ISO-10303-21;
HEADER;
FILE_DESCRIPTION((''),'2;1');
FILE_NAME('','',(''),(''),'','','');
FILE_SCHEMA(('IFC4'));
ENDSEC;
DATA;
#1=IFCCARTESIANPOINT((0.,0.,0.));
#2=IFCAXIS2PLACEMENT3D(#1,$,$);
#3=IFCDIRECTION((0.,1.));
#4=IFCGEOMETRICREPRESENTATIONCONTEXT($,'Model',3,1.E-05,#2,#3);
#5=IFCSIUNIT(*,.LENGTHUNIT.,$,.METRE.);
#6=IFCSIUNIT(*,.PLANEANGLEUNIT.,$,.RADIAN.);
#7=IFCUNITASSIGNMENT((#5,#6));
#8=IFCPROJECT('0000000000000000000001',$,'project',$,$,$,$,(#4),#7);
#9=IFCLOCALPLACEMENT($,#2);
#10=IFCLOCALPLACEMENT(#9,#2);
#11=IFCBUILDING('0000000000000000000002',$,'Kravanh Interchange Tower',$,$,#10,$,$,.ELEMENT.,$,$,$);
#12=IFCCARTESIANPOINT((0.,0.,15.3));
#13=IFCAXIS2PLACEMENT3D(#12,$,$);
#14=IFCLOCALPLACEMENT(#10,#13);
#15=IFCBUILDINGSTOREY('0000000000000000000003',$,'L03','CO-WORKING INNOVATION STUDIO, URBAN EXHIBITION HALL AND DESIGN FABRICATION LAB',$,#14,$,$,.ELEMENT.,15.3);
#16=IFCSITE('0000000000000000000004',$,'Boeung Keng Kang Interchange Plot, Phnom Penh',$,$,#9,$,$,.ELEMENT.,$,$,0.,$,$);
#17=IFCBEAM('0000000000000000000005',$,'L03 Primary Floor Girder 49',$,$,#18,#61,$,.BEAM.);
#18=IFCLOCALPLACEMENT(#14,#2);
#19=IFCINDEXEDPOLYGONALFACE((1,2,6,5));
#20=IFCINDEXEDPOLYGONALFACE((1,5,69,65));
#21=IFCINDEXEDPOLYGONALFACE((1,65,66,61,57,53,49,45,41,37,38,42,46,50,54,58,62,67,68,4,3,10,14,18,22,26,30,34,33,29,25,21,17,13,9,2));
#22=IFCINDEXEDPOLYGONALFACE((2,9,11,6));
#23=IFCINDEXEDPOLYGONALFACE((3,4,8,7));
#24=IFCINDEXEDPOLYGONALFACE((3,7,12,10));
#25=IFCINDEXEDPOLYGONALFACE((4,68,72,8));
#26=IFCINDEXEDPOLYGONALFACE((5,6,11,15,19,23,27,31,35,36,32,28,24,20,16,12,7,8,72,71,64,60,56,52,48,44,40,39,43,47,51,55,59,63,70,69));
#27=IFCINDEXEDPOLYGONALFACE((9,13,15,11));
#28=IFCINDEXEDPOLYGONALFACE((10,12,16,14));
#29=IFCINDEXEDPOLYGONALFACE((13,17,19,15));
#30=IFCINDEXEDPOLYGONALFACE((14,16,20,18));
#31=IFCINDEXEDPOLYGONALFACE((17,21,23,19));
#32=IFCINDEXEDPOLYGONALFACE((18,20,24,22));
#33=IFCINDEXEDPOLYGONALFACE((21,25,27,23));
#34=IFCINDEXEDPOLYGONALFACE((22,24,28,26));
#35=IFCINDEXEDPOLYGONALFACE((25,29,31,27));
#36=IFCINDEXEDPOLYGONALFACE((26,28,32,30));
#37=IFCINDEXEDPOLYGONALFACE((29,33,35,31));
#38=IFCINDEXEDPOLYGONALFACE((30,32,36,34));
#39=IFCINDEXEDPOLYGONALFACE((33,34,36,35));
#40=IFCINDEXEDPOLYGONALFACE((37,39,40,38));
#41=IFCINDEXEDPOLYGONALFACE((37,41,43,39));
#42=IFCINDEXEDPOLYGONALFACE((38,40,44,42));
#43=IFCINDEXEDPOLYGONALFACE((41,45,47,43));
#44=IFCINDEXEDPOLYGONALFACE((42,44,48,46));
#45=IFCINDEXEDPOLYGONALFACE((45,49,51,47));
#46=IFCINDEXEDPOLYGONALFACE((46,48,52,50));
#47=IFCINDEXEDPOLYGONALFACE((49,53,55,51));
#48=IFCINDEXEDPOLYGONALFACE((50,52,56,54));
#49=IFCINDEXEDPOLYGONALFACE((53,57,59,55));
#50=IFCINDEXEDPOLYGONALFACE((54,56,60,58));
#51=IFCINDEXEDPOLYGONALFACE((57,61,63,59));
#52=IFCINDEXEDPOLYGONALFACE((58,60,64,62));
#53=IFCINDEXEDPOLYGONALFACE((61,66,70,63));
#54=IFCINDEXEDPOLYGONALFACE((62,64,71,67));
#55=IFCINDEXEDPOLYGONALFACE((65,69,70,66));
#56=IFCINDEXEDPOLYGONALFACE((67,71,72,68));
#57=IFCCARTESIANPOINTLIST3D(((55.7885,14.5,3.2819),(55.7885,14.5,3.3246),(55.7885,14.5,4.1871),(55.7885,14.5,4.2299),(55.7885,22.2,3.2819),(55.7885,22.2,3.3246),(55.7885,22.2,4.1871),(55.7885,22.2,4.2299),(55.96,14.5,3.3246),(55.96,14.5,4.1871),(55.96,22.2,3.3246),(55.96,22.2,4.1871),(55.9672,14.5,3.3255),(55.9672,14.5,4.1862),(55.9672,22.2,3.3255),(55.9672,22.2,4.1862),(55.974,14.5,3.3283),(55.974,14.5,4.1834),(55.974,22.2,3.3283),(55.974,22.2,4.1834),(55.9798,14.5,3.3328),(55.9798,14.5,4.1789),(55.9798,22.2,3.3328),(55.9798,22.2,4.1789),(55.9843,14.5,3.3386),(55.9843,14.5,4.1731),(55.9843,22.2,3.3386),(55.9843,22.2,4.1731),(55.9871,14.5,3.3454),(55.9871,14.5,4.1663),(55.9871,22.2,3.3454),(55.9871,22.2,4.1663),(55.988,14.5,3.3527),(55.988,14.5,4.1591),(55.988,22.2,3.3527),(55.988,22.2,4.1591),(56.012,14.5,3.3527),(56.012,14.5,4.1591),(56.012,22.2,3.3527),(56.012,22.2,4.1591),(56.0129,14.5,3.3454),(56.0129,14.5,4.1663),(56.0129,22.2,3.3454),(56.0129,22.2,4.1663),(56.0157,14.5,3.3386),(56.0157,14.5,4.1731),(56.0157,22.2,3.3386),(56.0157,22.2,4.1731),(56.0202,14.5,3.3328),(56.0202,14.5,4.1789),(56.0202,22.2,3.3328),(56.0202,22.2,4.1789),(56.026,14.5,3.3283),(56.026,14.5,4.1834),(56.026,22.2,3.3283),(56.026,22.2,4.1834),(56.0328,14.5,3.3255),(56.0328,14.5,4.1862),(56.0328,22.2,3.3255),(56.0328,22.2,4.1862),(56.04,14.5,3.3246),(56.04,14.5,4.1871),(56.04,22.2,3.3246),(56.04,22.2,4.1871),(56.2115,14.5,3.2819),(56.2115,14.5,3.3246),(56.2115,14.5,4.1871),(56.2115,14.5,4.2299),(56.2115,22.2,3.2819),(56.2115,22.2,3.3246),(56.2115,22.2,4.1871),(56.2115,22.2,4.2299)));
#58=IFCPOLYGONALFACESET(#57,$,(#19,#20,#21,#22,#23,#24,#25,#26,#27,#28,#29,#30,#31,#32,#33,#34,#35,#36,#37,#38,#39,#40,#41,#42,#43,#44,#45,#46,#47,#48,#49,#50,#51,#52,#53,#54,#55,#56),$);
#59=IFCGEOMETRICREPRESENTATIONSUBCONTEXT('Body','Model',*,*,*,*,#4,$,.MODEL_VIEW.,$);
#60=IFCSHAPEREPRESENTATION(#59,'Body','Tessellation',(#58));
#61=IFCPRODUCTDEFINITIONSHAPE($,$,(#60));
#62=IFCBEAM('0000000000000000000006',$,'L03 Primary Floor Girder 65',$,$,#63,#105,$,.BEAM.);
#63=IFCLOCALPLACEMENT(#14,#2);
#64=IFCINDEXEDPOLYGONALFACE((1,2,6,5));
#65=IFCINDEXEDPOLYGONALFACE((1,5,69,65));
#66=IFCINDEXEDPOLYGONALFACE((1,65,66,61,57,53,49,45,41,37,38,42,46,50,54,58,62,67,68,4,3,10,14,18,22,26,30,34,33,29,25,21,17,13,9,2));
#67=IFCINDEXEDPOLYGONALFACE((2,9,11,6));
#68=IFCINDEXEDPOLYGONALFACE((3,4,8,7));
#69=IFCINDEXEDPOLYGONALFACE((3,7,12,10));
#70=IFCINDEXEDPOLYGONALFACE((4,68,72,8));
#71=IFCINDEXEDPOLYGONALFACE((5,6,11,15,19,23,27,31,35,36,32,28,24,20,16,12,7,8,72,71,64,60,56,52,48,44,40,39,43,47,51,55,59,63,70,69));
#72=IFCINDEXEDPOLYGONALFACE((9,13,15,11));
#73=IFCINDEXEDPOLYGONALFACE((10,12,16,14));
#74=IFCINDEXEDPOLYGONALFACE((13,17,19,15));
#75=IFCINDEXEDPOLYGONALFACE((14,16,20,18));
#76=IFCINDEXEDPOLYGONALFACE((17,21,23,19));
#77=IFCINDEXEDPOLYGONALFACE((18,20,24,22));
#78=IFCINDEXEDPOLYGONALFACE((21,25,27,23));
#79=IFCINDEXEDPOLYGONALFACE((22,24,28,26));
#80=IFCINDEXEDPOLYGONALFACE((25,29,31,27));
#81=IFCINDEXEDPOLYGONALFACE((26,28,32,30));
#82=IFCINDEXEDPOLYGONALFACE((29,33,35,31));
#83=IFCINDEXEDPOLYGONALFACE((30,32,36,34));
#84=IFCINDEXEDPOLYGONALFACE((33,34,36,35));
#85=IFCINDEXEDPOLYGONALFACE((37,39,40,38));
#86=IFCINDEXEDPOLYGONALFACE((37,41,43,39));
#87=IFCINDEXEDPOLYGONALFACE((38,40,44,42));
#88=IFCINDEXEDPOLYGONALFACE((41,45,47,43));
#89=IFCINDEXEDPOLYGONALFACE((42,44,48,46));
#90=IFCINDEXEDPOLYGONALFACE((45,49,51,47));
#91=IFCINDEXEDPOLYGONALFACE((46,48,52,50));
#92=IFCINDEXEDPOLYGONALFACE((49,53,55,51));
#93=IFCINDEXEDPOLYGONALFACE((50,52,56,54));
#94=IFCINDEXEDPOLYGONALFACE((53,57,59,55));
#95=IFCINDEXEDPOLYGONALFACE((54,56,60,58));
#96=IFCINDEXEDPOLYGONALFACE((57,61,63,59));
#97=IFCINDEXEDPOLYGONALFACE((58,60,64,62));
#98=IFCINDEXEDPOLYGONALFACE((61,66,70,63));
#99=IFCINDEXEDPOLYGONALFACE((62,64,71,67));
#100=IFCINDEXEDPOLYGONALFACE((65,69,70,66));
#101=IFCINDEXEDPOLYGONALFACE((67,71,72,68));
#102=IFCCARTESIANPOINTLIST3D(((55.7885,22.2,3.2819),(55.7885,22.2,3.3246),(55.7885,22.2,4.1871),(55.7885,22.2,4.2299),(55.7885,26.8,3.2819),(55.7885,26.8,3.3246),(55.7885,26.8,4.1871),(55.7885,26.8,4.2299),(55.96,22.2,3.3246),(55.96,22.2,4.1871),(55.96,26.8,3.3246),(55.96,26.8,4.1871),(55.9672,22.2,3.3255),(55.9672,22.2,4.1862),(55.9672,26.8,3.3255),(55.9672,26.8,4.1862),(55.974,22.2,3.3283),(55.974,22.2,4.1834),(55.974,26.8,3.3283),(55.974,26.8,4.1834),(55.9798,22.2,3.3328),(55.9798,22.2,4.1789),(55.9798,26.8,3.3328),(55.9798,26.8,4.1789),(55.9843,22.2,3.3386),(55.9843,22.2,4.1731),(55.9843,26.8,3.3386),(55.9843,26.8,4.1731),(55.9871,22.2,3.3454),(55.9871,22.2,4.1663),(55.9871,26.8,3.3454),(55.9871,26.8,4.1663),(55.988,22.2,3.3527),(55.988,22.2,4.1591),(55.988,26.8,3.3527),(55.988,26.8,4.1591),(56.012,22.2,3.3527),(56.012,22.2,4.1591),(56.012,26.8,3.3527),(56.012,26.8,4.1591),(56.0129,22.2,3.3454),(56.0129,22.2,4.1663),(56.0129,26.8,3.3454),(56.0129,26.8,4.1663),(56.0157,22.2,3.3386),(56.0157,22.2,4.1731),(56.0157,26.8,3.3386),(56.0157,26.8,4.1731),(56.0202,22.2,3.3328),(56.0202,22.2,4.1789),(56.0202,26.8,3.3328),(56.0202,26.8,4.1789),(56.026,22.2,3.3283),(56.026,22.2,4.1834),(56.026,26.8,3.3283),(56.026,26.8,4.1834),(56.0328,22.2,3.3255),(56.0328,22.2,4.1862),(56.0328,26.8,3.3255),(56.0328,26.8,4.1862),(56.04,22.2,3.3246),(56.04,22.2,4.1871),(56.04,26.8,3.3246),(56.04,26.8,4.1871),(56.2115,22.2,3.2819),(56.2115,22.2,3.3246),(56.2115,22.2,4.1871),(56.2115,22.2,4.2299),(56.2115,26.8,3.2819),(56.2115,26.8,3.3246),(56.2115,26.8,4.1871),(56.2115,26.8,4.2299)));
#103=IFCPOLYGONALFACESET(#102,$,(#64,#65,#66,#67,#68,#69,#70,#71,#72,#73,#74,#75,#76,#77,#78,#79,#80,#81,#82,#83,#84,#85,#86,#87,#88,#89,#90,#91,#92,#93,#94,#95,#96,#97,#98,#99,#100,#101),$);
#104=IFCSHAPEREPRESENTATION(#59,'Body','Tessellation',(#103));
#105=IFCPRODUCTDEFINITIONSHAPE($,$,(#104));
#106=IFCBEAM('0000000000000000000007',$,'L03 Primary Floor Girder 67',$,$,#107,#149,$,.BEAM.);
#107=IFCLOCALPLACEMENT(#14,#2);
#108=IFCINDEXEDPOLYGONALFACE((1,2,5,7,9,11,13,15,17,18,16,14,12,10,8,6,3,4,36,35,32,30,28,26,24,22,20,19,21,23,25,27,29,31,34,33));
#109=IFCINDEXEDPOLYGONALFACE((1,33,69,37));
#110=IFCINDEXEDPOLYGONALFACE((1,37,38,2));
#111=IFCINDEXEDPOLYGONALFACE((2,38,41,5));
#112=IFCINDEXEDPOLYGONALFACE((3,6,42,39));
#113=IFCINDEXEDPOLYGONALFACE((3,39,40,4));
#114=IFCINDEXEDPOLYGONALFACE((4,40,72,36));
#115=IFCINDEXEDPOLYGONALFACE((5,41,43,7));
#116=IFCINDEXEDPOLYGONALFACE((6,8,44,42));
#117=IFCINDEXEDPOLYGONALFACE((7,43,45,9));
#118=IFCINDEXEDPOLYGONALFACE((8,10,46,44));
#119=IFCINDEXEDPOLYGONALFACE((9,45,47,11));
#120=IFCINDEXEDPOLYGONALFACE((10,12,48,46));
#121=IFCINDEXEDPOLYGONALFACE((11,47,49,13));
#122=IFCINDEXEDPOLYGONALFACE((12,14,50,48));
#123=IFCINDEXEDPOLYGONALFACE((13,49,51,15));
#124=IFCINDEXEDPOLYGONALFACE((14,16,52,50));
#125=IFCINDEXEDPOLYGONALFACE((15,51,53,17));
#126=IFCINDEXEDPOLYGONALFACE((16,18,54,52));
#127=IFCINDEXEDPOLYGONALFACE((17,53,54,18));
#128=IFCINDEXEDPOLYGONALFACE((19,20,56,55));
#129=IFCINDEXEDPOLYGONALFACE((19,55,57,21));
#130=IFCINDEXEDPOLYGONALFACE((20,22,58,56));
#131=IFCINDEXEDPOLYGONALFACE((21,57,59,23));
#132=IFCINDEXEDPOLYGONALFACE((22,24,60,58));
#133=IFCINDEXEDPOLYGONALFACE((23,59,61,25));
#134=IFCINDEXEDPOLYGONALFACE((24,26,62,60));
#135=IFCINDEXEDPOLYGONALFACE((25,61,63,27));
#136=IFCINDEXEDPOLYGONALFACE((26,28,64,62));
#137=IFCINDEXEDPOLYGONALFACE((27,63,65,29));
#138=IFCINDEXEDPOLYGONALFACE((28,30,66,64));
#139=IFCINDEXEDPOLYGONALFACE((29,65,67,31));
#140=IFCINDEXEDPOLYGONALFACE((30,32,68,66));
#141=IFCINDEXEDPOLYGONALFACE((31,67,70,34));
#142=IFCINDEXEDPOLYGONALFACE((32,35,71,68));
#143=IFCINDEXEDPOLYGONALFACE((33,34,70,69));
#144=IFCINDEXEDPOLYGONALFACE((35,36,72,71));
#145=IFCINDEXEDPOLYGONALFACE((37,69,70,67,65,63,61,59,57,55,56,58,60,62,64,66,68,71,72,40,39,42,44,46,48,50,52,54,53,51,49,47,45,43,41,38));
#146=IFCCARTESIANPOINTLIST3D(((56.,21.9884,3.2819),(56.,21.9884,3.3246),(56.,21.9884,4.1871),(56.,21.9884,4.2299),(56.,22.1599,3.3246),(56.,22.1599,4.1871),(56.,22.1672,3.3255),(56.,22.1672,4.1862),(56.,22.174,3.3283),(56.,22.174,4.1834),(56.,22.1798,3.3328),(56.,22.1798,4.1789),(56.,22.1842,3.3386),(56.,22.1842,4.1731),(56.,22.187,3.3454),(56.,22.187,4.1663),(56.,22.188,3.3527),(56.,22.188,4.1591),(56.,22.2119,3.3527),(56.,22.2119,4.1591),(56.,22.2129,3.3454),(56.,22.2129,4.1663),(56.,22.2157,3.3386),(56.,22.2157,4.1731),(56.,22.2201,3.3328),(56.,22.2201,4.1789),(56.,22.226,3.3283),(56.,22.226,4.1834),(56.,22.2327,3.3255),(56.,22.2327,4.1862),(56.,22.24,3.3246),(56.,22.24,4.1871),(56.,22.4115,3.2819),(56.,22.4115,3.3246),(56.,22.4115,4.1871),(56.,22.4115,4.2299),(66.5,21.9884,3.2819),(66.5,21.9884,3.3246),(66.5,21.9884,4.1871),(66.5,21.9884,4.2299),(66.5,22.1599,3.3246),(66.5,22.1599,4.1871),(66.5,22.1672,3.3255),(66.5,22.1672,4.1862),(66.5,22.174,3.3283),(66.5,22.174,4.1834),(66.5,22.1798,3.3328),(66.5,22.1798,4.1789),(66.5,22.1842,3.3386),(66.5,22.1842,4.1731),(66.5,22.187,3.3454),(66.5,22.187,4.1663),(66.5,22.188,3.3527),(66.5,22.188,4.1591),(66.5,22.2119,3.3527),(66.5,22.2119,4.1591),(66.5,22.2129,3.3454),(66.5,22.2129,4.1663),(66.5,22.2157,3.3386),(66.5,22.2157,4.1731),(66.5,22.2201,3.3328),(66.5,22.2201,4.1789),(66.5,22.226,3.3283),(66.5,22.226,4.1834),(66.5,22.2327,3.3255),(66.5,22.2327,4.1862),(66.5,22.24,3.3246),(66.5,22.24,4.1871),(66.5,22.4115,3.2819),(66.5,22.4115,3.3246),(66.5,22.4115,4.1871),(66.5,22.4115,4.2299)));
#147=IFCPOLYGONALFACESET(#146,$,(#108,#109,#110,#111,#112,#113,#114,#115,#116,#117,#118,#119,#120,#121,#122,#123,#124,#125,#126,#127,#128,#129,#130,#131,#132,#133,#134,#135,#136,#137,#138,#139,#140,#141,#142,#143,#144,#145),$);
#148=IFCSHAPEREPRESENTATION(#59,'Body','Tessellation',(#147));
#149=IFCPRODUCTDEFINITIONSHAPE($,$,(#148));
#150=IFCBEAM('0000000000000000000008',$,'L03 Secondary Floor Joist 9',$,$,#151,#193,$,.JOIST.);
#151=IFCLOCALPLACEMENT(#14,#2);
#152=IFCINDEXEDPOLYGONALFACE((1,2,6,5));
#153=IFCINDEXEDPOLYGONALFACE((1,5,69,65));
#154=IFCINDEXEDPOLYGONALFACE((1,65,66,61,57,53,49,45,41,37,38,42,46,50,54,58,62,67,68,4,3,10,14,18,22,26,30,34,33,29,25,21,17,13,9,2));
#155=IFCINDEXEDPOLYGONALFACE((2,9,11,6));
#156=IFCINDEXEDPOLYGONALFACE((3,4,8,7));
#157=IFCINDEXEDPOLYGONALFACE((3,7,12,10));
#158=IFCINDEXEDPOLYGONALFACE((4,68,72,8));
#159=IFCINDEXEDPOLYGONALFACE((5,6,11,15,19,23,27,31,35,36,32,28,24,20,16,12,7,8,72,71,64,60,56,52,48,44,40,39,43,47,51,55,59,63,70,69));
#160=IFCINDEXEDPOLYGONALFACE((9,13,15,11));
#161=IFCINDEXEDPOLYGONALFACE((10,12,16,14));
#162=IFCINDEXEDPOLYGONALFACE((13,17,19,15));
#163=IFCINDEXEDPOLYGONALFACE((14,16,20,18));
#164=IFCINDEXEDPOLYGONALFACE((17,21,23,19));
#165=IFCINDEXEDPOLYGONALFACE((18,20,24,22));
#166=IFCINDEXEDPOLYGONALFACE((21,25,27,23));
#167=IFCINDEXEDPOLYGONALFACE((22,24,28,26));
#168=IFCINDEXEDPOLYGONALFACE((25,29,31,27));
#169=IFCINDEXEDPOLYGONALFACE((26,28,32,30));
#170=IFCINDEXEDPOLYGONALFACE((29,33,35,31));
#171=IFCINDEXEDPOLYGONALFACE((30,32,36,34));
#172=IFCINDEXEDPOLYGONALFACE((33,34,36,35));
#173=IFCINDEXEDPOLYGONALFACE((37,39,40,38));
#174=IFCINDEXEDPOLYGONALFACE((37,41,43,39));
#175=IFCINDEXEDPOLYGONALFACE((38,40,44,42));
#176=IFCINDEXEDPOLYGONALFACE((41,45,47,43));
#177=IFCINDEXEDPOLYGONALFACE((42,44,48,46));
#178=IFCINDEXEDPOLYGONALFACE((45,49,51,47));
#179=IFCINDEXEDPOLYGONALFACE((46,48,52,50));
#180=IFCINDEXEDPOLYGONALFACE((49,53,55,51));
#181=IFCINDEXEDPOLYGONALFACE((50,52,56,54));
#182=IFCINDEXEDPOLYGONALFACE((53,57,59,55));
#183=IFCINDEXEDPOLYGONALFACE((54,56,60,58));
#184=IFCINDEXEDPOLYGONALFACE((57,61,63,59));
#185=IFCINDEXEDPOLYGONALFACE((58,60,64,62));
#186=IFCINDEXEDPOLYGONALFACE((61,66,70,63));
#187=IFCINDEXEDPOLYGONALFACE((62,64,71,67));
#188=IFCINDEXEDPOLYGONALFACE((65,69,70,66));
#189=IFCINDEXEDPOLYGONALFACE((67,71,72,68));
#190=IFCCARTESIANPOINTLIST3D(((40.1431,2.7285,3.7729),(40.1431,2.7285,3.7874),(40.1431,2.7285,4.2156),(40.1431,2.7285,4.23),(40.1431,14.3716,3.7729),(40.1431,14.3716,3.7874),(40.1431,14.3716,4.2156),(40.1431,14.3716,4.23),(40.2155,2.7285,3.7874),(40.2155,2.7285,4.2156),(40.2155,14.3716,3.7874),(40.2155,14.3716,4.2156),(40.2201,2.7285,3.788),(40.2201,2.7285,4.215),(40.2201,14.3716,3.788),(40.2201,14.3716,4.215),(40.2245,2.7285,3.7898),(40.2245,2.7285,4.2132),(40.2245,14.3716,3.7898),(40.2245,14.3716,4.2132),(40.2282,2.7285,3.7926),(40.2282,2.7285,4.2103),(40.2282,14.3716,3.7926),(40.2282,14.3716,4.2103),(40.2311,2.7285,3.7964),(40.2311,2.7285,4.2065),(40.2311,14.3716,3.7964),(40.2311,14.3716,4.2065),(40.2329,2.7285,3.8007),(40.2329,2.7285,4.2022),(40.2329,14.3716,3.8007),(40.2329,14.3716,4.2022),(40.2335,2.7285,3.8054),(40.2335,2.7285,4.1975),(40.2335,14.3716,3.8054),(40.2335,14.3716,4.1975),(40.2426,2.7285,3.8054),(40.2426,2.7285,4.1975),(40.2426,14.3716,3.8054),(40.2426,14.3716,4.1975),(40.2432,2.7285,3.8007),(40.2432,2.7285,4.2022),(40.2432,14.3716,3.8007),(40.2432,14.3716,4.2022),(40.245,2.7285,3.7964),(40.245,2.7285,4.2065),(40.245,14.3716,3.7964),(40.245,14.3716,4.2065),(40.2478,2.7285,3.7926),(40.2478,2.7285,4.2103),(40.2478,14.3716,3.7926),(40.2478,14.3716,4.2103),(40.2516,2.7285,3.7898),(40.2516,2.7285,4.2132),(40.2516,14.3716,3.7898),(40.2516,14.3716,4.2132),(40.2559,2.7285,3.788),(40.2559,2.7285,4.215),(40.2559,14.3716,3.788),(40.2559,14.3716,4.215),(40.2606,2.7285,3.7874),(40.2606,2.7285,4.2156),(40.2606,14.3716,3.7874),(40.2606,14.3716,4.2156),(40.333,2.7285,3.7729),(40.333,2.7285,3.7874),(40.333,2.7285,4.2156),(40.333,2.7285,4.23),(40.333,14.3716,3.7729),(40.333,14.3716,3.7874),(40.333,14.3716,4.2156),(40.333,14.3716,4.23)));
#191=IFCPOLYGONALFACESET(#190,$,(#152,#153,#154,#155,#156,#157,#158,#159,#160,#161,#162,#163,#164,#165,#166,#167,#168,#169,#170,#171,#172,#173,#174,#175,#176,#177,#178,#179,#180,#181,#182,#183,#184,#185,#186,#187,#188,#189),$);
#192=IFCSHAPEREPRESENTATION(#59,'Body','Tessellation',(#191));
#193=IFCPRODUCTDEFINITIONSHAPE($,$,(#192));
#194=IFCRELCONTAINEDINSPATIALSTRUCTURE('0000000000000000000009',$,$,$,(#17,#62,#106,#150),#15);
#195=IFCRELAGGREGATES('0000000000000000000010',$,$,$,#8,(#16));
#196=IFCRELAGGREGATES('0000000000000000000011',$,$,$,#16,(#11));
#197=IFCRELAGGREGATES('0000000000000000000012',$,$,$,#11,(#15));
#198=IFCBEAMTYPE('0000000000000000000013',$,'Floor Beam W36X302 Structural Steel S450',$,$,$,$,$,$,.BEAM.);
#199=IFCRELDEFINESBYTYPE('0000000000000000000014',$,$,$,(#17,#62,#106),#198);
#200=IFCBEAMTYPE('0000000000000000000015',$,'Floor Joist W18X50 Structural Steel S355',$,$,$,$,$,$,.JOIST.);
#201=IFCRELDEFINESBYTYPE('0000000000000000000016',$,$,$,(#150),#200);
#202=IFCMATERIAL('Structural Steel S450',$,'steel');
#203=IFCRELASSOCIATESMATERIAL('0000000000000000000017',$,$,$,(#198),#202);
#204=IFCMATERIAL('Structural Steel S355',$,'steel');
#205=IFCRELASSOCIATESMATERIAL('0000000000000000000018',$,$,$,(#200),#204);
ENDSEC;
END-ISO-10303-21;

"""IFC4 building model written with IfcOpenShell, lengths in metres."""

from ifc_helpers import new_model, si_unit, direction, frame, origin, origin_2d, place, context, subcontext, project, spatial, i_section, extrude, material, material_profile, profile_set, type_object, element, save


model = new_model("IFC4")

# Units and contexts
model_context = context("Model", 3, precision=1e-05, world=origin(), true_north=direction((0.0, 1.0)))
body_context = subcontext(model_context, "Body", "Model", "MODEL_VIEW")
ifc_project = project(units=[si_unit("LENGTHUNIT", "METRE"), si_unit("PLANEANGLEUNIT", "RADIAN")], contexts=[model_context])

# Site, building, storey
site_placement = place(None, origin())
site = spatial("IfcSite", under=ifc_project, at=site_placement, Name="Boeung Keng Kang Interchange Plot, Phnom Penh", CompositionType="ELEMENT", RefElevation=0.0)
building_placement = place(site_placement, origin())
building = spatial("IfcBuilding", under=site, at=building_placement, Name="Kravanh Interchange Tower", CompositionType="ELEMENT")
storey_placement = place(building_placement, frame((0.0, 0.0, 15.3)))
storey = spatial("IfcBuildingStorey", under=building, at=storey_placement, Name="L03", Description="CO-WORKING INNOVATION STUDIO, URBAN EXHIBITION HALL AND DESIGN FABRICATION LAB", CompositionType="ELEMENT", Elevation=15.3)

# Beams
ifc_material_1 = material(Name="Structural Steel S450", Category="steel")
ifc_material_profile_1 = material_profile(ifc_material_1, i_section(OverallWidth=0.4231, OverallDepth=0.948, WebThickness=0.0239, FlangeThickness=0.0427, FilletRadius=0.0281, at=origin_2d()), Name="W36X302")
ifc_profile_set_1 = profile_set([ifc_material_profile_1], Name="Structural Steel S450")
beam_type_1 = type_object("IfcBeamType", Name="Floor Beam W36X302 Structural Steel S450", PredefinedType="BEAM", material=ifc_profile_set_1)
beam_1_placement = place(storey_placement, frame((56.0, 14.5, 3.7559), z_axis=(0.0, 1.0, 0.0), x_axis=(-1.0, 0.0, 0.0)))
element("IfcBeam", 1, at=beam_1_placement, inside=storey, type_object=beam_type_1, Name="L03 Primary Floor Girder 49", PredefinedType="BEAM", context=body_context, shape_type="SweptSolid", body=[
    extrude(i_section(OverallWidth=0.4231, OverallDepth=0.948, WebThickness=0.0239, FlangeThickness=0.0427, FilletRadius=0.0281, at=origin_2d()), origin(), (0.0, 0.0, 1.0), 7.7),
])
beam_2_placement = place(storey_placement, frame((56.0, 22.2, 3.7559), z_axis=(0.0, 1.0, 0.0), x_axis=(-1.0, 0.0, 0.0)))
element("IfcBeam", 2, at=beam_2_placement, inside=storey, type_object=beam_type_1, Name="L03 Primary Floor Girder 65", PredefinedType="BEAM", context=body_context, shape_type="SweptSolid", body=[
    extrude(i_section(OverallWidth=0.4231, OverallDepth=0.948, WebThickness=0.0239, FlangeThickness=0.0427, FilletRadius=0.0281, at=origin_2d()), origin(), (0.0, 0.0, 1.0), 4.6001),
])
beam_3_placement = place(storey_placement, frame((56.0, 22.2, 3.7559), z_axis=(1.0, 0.0, 0.0), x_axis=(0.0, 1.0, 0.0)))
element("IfcBeam", 3, at=beam_3_placement, inside=storey, type_object=beam_type_1, Name="L03 Primary Floor Girder 67", PredefinedType="BEAM", context=body_context, shape_type="SweptSolid", body=[
    extrude(i_section(OverallWidth=0.4231, OverallDepth=0.948, WebThickness=0.0239, FlangeThickness=0.0427, FilletRadius=0.0281, at=origin_2d()), origin(), (0.0, 0.0, 1.0), 10.5),
])
ifc_material_2 = material(Name="Structural Steel S355", Category="steel")
ifc_material_profile_2 = material_profile(ifc_material_2, i_section(OverallWidth=0.1899, OverallDepth=0.457, WebThickness=0.009, FlangeThickness=0.0144, FilletRadius=0.0181, at=origin_2d()), Name="W18X50")
ifc_profile_set_2 = profile_set([ifc_material_profile_2], Name="Structural Steel S355")
beam_type_2 = type_object("IfcBeamType", Name="Floor Joist W18X50 Structural Steel S355", PredefinedType="JOIST", material=ifc_profile_set_2)
for number, where, z_axis, x_axis, name in (
    (4, (40.238, 2.7285, 4.0015), (0.0, 1.0, 0.0), (-1.0, 0.0, 0.0), "L03 Secondary Floor Joist 9"),
):
    element("IfcBeam", number, at=place(storey_placement, frame(where, z_axis=z_axis, x_axis=x_axis)), inside=storey, type_object=beam_type_2, Name=name, PredefinedType="JOIST", context=body_context, shape_type="SweptSolid", body=[
        extrude(i_section(OverallWidth=0.1899, OverallDepth=0.457, WebThickness=0.009, FlangeThickness=0.0144, FilletRadius=0.0181, at=origin_2d()), origin(), (0.0, 0.0, 1.0), 11.6431),
    ])

save(model, "model.ifc")
